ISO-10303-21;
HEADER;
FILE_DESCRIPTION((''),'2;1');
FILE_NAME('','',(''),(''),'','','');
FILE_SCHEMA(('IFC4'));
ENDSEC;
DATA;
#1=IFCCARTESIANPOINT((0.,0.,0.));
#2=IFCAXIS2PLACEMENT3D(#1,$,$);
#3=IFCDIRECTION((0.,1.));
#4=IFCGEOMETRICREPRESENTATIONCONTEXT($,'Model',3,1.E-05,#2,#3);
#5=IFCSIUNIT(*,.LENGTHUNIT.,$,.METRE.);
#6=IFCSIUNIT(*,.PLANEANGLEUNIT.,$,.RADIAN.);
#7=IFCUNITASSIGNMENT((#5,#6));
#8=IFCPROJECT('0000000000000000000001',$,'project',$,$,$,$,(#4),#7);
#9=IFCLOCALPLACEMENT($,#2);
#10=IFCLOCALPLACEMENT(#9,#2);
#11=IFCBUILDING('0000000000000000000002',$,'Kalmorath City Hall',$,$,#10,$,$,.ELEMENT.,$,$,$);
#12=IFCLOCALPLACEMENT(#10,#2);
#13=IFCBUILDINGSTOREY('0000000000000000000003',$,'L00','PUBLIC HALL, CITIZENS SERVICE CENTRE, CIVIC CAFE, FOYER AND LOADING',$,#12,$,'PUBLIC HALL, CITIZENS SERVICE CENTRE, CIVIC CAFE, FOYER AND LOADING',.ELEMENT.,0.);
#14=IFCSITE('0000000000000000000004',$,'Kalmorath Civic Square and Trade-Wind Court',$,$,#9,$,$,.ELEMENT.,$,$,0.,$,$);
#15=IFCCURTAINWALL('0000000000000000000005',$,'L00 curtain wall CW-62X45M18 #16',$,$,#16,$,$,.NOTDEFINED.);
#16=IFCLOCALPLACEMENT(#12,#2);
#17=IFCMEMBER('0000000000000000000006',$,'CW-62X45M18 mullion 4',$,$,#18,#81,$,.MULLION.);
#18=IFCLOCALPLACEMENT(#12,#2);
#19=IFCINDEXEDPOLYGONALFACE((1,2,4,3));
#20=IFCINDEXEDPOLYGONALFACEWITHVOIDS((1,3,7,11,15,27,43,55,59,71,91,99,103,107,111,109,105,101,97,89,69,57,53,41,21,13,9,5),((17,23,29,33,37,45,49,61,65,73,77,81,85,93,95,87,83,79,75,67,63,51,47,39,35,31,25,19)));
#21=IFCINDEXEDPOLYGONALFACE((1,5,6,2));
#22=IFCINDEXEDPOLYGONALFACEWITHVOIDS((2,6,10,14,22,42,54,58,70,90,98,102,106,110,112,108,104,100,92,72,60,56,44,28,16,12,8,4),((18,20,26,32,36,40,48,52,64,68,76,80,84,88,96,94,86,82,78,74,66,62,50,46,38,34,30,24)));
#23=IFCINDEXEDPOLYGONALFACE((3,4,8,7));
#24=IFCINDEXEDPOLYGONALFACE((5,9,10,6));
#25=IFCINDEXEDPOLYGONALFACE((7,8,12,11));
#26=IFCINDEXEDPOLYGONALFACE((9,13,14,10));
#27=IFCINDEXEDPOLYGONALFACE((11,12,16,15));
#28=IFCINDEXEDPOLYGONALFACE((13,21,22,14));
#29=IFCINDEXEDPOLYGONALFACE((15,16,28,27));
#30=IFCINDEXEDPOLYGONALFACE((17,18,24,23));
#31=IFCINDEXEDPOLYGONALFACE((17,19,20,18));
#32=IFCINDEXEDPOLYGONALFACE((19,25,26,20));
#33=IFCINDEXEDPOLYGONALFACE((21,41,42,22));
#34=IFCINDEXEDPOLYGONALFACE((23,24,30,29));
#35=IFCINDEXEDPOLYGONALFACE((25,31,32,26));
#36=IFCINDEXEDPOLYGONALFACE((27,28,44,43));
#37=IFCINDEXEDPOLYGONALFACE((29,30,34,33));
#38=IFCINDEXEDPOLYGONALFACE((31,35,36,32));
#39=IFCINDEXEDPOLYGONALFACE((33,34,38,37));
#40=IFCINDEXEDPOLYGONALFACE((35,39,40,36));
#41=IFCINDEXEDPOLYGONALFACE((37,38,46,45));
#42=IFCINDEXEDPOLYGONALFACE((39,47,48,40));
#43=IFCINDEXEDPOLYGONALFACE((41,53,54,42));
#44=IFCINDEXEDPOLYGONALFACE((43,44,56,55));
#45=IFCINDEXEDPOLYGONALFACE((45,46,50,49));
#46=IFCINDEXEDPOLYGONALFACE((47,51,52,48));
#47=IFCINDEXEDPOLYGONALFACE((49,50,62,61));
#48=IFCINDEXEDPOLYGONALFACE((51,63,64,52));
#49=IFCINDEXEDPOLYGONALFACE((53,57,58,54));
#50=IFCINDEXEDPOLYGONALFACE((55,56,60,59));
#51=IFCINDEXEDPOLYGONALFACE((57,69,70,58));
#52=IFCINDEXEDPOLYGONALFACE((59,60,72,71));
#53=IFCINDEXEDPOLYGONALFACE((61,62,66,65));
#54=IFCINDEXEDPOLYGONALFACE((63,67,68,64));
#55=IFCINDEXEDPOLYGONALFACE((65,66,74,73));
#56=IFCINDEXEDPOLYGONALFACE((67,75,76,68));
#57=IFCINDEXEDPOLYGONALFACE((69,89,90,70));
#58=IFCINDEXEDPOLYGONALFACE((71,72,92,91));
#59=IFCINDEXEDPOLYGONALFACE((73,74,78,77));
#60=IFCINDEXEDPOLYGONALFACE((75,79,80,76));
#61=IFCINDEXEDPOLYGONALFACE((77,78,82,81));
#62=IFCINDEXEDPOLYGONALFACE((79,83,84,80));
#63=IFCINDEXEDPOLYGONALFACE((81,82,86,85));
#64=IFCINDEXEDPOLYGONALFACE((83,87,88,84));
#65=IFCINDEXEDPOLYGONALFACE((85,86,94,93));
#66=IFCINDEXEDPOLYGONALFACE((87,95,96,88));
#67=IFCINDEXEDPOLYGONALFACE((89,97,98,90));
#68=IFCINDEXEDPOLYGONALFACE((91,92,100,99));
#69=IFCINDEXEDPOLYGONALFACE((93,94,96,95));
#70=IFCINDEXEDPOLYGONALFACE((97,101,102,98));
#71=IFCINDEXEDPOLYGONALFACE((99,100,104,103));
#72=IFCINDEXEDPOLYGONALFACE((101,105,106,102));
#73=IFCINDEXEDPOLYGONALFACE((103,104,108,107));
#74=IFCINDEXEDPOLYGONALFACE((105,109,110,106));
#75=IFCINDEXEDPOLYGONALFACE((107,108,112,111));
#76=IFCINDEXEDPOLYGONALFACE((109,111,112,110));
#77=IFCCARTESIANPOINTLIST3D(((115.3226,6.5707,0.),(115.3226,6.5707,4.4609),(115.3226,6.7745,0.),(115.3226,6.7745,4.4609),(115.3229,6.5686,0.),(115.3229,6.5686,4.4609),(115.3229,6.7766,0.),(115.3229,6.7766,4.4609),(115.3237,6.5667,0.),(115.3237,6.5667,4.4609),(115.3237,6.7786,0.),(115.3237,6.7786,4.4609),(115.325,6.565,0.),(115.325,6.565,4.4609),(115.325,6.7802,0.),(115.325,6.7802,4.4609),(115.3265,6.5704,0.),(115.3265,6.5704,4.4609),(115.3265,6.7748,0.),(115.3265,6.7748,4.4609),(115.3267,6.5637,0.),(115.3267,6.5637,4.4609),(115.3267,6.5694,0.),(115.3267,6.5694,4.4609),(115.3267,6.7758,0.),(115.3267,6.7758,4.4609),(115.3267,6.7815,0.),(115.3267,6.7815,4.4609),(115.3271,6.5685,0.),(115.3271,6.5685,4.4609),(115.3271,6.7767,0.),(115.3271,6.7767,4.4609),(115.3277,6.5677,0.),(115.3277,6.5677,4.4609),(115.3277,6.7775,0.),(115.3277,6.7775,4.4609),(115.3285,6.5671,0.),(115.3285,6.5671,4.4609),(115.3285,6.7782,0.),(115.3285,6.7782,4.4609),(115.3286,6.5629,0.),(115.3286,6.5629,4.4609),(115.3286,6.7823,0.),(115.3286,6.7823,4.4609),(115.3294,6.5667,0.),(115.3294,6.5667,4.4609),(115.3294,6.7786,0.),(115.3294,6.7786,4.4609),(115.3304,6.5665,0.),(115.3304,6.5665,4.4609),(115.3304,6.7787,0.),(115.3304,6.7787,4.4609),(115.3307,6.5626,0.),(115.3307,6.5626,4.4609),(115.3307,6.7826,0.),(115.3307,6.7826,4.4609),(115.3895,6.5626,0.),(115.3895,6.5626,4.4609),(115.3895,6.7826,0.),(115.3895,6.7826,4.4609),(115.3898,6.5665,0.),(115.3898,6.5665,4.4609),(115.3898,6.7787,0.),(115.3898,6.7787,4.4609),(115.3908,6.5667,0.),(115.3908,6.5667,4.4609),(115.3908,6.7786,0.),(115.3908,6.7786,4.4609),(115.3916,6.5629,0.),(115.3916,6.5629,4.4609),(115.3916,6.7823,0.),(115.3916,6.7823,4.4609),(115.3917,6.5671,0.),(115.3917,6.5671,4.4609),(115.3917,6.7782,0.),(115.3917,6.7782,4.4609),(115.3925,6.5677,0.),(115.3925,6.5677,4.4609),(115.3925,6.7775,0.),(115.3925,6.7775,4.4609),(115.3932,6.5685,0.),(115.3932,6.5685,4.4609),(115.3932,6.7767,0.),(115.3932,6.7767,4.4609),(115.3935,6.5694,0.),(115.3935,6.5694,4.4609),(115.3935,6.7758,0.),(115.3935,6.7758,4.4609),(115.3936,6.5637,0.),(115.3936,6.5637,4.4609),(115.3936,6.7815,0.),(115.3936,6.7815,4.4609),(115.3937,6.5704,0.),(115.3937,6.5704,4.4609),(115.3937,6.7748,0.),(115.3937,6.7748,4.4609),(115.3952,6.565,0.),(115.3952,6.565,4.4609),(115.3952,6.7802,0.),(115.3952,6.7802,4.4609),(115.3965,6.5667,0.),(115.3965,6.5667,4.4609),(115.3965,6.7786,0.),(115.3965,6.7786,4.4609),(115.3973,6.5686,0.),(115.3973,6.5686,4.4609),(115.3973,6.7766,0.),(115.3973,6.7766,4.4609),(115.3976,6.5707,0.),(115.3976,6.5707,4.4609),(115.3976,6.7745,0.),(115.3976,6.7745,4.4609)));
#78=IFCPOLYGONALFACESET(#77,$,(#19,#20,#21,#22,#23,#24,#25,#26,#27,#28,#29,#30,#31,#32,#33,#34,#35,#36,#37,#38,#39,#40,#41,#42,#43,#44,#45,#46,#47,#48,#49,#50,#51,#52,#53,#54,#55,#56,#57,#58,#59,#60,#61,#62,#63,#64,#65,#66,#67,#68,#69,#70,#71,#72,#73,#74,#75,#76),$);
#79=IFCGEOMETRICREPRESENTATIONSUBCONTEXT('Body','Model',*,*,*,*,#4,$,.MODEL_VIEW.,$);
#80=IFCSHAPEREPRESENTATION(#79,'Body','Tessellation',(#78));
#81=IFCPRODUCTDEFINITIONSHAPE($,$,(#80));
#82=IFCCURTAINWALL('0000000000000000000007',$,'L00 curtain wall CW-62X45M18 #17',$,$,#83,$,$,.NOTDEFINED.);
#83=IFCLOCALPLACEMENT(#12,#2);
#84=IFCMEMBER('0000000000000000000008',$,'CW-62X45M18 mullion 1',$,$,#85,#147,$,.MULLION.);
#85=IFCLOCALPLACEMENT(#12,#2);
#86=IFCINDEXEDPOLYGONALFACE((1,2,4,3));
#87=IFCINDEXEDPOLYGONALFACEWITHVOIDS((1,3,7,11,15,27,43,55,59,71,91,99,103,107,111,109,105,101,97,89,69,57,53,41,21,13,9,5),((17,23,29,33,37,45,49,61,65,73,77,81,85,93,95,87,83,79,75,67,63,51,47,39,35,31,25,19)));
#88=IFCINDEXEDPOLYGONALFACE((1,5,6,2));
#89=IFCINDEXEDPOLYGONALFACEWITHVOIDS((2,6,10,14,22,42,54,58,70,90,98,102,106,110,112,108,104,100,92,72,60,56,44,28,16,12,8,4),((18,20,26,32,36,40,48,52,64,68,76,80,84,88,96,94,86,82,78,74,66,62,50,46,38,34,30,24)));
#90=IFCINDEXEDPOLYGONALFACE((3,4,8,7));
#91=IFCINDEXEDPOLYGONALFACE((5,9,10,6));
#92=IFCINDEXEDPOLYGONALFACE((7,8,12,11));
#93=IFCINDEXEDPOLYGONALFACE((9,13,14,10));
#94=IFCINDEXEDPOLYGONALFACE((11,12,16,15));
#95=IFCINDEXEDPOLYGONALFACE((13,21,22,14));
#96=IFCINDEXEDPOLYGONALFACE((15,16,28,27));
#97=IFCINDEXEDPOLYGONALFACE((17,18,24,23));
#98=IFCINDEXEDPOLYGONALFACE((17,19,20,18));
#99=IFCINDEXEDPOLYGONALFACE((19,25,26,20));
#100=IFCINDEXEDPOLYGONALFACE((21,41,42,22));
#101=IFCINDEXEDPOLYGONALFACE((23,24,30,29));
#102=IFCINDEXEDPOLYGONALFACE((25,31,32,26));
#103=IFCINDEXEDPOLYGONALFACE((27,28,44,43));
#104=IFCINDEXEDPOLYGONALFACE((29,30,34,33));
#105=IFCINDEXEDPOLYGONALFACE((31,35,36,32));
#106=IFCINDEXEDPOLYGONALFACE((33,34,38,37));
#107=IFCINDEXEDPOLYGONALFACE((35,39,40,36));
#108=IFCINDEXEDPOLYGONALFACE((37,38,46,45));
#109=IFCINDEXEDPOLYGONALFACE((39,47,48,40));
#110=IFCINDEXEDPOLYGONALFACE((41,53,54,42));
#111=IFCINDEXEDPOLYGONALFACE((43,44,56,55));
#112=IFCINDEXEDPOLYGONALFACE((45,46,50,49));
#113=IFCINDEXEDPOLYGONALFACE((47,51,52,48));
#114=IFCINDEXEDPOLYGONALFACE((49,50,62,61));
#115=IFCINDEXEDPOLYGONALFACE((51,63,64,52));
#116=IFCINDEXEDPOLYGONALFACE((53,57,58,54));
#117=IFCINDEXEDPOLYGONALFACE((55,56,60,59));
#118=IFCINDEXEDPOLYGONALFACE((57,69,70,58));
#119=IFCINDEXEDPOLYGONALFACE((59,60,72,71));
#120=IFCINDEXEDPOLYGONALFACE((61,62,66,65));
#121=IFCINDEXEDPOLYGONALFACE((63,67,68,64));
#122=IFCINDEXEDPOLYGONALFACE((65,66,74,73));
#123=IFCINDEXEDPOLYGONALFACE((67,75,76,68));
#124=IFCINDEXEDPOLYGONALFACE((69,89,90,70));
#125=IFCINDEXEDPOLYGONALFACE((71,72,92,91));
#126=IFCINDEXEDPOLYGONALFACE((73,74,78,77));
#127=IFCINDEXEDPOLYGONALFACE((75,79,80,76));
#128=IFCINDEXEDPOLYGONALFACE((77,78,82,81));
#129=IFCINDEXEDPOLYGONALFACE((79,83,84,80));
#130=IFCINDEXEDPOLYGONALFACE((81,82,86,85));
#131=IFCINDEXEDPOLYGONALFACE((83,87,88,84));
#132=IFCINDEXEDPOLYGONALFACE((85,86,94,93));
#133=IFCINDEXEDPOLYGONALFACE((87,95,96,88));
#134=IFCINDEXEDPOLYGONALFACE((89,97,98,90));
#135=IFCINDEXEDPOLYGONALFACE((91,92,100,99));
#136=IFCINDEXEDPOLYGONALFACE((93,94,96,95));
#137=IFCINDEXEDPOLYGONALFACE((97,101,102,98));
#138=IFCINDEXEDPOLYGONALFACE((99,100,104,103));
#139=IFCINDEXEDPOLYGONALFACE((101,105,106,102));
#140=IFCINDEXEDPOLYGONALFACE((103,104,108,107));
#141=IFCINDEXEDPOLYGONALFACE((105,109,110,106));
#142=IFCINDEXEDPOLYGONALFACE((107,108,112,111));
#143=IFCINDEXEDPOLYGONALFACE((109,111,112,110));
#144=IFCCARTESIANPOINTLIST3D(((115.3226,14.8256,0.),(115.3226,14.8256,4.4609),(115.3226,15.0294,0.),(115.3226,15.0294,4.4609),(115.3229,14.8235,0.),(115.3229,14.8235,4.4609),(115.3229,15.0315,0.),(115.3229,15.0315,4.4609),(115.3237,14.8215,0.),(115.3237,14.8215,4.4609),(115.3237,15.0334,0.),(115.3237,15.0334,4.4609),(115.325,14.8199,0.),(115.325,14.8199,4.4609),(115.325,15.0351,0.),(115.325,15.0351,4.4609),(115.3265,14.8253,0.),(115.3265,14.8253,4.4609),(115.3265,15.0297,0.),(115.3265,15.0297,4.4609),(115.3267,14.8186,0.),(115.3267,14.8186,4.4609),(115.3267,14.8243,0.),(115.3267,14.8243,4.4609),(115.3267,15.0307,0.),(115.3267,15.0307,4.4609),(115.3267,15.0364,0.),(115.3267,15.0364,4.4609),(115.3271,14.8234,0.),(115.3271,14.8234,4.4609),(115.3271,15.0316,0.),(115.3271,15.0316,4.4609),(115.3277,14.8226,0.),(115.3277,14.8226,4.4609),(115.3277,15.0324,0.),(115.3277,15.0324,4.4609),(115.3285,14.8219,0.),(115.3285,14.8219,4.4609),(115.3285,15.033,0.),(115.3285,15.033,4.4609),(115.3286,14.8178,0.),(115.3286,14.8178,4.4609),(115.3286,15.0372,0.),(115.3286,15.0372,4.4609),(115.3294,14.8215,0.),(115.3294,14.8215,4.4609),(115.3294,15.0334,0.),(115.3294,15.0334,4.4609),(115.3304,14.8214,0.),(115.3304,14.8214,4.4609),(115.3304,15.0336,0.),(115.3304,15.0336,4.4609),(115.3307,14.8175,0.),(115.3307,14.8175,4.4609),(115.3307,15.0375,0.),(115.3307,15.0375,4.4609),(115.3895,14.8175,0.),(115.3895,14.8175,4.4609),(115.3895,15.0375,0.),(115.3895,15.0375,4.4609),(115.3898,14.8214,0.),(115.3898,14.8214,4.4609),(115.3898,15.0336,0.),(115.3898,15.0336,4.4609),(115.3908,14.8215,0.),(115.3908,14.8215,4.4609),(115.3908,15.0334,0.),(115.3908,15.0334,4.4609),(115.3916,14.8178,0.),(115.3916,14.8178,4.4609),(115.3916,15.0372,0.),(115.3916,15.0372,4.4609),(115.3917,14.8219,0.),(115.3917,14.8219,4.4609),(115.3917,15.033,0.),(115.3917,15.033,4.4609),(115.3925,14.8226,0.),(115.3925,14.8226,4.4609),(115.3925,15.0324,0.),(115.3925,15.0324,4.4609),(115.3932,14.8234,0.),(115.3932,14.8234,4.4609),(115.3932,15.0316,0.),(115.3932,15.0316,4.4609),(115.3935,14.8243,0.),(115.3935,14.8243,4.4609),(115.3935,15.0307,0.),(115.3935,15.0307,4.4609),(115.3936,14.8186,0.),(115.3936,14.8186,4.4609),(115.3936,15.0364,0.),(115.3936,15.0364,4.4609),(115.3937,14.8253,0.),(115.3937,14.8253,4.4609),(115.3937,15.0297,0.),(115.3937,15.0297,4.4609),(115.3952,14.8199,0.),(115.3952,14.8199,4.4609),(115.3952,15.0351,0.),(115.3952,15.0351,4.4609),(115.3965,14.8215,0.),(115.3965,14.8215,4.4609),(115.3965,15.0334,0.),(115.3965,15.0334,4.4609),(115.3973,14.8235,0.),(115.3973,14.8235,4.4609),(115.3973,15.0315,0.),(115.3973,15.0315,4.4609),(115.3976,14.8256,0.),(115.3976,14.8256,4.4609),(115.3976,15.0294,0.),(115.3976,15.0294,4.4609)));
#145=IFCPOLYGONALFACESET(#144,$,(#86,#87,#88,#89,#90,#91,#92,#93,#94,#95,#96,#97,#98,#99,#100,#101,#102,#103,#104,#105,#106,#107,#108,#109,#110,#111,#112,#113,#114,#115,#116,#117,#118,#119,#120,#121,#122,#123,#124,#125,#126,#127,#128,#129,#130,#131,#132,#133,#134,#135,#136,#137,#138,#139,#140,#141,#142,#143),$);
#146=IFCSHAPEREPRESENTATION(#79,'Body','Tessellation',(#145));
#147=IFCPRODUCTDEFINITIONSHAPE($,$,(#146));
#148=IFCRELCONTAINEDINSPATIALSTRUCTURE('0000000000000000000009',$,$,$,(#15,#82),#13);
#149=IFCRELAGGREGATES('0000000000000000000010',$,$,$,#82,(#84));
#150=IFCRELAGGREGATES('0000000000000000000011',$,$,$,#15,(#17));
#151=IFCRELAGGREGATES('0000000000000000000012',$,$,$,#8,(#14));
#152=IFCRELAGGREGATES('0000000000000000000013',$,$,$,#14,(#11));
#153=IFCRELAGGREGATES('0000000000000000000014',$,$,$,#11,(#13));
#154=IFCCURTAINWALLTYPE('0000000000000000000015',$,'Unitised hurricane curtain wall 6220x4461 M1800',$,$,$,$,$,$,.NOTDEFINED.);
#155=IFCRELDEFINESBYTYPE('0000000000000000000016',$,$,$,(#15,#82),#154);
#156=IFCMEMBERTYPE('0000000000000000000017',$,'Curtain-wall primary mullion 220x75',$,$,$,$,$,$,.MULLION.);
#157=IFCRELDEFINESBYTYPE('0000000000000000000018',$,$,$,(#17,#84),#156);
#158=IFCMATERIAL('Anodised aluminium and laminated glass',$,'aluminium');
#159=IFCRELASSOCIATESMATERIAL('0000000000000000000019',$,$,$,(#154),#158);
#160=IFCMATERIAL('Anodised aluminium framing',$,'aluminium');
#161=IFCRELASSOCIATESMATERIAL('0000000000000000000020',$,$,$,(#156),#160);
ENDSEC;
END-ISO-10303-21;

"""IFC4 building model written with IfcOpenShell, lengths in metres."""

from ifc_helpers import new_model, si_unit, direction, frame, origin, origin_2d, place, context, subcontext, project, spatial, hollow_rectangle, extrude, material, material_profile, profile_set, type_object, element, aggregate, save


model = new_model("IFC4")

# Units and contexts
model_context = context("Model", 3, precision=1e-05, world=origin(), true_north=direction((0.0, 1.0)))
body_context = subcontext(model_context, "Body", "Model", "MODEL_VIEW")
ifc_project = project(units=[si_unit("LENGTHUNIT", "METRE"), si_unit("PLANEANGLEUNIT", "RADIAN")], contexts=[model_context])

# Site, building, storey
site_placement = place(None, origin())
site = spatial("IfcSite", under=ifc_project, at=site_placement, Name="Kalmorath Civic Square and Trade-Wind Court", CompositionType="ELEMENT", RefElevation=0.0)
building_placement = place(site_placement, origin())
building = spatial("IfcBuilding", under=site, at=building_placement, Name="Kalmorath City Hall", CompositionType="ELEMENT")
storey_placement = place(building_placement, origin())
storey = spatial("IfcBuildingStorey", under=building, at=storey_placement, Name="L00", Description="PUBLIC HALL, CITIZENS SERVICE CENTRE, CIVIC CAFE, FOYER AND LOADING", LongName="PUBLIC HALL, CITIZENS SERVICE CENTRE, CIVIC CAFE, FOYER AND LOADING", CompositionType="ELEMENT", Elevation=0.0)

# Curtain wall, member
ifc_material_1 = material(Name="Anodised aluminium and laminated glass", Category="aluminium")
curtain_wall_type = type_object("IfcCurtainWallType", Name="Unitised hurricane curtain wall 6220x4461 M1800", PredefinedType="NOTDEFINED", material=ifc_material_1)
curtain_wall_1_placement = place(storey_placement, origin())
curtain_wall_1 = element("IfcCurtainWall", 1, at=curtain_wall_1_placement, inside=storey, type_object=curtain_wall_type, Name="L00 curtain wall CW-62X45M18 #16", PredefinedType="NOTDEFINED")
ifc_material_2 = material(Name="Anodised aluminium framing", Category="aluminium")
ifc_material_profile_1 = material_profile(ifc_material_2, hollow_rectangle(XDim=0.075, YDim=0.22, WallThickness=0.0039, InnerFilletRadius=0.0039, OuterFilletRadius=0.0081, at=origin_2d()), Name="ALU-MUL-220X75X4")
ifc_profile_set_1 = profile_set([ifc_material_profile_1], Name="Anodised aluminium framing")
member_type_1 = type_object("IfcMemberType", Name="Curtain-wall primary mullion 220x75", PredefinedType="MULLION", material=ifc_profile_set_1)
member_1_placement = place(storey_placement, frame((115.3601, 6.6726, 0.0), z_axis=(0.0, 0.0, 1.0), x_axis=(-1.0, 0.0, 0.0)))
member_1 = element("IfcMember", 2, at=member_1_placement, type_object=member_type_1, Name="CW-62X45M18 mullion 4", PredefinedType="MULLION", context=body_context, shape_type="SweptSolid", body=[
    extrude(hollow_rectangle(XDim=0.075, YDim=0.22, WallThickness=0.0039, InnerFilletRadius=0.0039, OuterFilletRadius=0.0081, at=origin_2d()), origin(), (0.0, 0.0, 1.0), 4.4609),
])

# Curtain wall, member
curtain_wall_2_placement = place(storey_placement, origin())
curtain_wall_2 = element("IfcCurtainWall", 3, at=curtain_wall_2_placement, inside=storey, type_object=curtain_wall_type, Name="L00 curtain wall CW-62X45M18 #17", PredefinedType="NOTDEFINED")
member_2_placement = place(storey_placement, frame((115.3601, 14.9275, 0.0), z_axis=(0.0, 0.0, 1.0), x_axis=(-1.0, 0.0, 0.0)))
member_2 = element("IfcMember", 4, at=member_2_placement, type_object=member_type_1, Name="CW-62X45M18 mullion 1", PredefinedType="MULLION", context=body_context, shape_type="SweptSolid", body=[
    extrude(hollow_rectangle(XDim=0.075, YDim=0.22, WallThickness=0.0039, InnerFilletRadius=0.0039, OuterFilletRadius=0.0081, at=origin_2d()), origin(), (0.0, 0.0, 1.0), 4.4609),
])

aggregate(curtain_wall_2, [member_2])

aggregate(curtain_wall_1, [member_1])

save(model, "model.ifc")
